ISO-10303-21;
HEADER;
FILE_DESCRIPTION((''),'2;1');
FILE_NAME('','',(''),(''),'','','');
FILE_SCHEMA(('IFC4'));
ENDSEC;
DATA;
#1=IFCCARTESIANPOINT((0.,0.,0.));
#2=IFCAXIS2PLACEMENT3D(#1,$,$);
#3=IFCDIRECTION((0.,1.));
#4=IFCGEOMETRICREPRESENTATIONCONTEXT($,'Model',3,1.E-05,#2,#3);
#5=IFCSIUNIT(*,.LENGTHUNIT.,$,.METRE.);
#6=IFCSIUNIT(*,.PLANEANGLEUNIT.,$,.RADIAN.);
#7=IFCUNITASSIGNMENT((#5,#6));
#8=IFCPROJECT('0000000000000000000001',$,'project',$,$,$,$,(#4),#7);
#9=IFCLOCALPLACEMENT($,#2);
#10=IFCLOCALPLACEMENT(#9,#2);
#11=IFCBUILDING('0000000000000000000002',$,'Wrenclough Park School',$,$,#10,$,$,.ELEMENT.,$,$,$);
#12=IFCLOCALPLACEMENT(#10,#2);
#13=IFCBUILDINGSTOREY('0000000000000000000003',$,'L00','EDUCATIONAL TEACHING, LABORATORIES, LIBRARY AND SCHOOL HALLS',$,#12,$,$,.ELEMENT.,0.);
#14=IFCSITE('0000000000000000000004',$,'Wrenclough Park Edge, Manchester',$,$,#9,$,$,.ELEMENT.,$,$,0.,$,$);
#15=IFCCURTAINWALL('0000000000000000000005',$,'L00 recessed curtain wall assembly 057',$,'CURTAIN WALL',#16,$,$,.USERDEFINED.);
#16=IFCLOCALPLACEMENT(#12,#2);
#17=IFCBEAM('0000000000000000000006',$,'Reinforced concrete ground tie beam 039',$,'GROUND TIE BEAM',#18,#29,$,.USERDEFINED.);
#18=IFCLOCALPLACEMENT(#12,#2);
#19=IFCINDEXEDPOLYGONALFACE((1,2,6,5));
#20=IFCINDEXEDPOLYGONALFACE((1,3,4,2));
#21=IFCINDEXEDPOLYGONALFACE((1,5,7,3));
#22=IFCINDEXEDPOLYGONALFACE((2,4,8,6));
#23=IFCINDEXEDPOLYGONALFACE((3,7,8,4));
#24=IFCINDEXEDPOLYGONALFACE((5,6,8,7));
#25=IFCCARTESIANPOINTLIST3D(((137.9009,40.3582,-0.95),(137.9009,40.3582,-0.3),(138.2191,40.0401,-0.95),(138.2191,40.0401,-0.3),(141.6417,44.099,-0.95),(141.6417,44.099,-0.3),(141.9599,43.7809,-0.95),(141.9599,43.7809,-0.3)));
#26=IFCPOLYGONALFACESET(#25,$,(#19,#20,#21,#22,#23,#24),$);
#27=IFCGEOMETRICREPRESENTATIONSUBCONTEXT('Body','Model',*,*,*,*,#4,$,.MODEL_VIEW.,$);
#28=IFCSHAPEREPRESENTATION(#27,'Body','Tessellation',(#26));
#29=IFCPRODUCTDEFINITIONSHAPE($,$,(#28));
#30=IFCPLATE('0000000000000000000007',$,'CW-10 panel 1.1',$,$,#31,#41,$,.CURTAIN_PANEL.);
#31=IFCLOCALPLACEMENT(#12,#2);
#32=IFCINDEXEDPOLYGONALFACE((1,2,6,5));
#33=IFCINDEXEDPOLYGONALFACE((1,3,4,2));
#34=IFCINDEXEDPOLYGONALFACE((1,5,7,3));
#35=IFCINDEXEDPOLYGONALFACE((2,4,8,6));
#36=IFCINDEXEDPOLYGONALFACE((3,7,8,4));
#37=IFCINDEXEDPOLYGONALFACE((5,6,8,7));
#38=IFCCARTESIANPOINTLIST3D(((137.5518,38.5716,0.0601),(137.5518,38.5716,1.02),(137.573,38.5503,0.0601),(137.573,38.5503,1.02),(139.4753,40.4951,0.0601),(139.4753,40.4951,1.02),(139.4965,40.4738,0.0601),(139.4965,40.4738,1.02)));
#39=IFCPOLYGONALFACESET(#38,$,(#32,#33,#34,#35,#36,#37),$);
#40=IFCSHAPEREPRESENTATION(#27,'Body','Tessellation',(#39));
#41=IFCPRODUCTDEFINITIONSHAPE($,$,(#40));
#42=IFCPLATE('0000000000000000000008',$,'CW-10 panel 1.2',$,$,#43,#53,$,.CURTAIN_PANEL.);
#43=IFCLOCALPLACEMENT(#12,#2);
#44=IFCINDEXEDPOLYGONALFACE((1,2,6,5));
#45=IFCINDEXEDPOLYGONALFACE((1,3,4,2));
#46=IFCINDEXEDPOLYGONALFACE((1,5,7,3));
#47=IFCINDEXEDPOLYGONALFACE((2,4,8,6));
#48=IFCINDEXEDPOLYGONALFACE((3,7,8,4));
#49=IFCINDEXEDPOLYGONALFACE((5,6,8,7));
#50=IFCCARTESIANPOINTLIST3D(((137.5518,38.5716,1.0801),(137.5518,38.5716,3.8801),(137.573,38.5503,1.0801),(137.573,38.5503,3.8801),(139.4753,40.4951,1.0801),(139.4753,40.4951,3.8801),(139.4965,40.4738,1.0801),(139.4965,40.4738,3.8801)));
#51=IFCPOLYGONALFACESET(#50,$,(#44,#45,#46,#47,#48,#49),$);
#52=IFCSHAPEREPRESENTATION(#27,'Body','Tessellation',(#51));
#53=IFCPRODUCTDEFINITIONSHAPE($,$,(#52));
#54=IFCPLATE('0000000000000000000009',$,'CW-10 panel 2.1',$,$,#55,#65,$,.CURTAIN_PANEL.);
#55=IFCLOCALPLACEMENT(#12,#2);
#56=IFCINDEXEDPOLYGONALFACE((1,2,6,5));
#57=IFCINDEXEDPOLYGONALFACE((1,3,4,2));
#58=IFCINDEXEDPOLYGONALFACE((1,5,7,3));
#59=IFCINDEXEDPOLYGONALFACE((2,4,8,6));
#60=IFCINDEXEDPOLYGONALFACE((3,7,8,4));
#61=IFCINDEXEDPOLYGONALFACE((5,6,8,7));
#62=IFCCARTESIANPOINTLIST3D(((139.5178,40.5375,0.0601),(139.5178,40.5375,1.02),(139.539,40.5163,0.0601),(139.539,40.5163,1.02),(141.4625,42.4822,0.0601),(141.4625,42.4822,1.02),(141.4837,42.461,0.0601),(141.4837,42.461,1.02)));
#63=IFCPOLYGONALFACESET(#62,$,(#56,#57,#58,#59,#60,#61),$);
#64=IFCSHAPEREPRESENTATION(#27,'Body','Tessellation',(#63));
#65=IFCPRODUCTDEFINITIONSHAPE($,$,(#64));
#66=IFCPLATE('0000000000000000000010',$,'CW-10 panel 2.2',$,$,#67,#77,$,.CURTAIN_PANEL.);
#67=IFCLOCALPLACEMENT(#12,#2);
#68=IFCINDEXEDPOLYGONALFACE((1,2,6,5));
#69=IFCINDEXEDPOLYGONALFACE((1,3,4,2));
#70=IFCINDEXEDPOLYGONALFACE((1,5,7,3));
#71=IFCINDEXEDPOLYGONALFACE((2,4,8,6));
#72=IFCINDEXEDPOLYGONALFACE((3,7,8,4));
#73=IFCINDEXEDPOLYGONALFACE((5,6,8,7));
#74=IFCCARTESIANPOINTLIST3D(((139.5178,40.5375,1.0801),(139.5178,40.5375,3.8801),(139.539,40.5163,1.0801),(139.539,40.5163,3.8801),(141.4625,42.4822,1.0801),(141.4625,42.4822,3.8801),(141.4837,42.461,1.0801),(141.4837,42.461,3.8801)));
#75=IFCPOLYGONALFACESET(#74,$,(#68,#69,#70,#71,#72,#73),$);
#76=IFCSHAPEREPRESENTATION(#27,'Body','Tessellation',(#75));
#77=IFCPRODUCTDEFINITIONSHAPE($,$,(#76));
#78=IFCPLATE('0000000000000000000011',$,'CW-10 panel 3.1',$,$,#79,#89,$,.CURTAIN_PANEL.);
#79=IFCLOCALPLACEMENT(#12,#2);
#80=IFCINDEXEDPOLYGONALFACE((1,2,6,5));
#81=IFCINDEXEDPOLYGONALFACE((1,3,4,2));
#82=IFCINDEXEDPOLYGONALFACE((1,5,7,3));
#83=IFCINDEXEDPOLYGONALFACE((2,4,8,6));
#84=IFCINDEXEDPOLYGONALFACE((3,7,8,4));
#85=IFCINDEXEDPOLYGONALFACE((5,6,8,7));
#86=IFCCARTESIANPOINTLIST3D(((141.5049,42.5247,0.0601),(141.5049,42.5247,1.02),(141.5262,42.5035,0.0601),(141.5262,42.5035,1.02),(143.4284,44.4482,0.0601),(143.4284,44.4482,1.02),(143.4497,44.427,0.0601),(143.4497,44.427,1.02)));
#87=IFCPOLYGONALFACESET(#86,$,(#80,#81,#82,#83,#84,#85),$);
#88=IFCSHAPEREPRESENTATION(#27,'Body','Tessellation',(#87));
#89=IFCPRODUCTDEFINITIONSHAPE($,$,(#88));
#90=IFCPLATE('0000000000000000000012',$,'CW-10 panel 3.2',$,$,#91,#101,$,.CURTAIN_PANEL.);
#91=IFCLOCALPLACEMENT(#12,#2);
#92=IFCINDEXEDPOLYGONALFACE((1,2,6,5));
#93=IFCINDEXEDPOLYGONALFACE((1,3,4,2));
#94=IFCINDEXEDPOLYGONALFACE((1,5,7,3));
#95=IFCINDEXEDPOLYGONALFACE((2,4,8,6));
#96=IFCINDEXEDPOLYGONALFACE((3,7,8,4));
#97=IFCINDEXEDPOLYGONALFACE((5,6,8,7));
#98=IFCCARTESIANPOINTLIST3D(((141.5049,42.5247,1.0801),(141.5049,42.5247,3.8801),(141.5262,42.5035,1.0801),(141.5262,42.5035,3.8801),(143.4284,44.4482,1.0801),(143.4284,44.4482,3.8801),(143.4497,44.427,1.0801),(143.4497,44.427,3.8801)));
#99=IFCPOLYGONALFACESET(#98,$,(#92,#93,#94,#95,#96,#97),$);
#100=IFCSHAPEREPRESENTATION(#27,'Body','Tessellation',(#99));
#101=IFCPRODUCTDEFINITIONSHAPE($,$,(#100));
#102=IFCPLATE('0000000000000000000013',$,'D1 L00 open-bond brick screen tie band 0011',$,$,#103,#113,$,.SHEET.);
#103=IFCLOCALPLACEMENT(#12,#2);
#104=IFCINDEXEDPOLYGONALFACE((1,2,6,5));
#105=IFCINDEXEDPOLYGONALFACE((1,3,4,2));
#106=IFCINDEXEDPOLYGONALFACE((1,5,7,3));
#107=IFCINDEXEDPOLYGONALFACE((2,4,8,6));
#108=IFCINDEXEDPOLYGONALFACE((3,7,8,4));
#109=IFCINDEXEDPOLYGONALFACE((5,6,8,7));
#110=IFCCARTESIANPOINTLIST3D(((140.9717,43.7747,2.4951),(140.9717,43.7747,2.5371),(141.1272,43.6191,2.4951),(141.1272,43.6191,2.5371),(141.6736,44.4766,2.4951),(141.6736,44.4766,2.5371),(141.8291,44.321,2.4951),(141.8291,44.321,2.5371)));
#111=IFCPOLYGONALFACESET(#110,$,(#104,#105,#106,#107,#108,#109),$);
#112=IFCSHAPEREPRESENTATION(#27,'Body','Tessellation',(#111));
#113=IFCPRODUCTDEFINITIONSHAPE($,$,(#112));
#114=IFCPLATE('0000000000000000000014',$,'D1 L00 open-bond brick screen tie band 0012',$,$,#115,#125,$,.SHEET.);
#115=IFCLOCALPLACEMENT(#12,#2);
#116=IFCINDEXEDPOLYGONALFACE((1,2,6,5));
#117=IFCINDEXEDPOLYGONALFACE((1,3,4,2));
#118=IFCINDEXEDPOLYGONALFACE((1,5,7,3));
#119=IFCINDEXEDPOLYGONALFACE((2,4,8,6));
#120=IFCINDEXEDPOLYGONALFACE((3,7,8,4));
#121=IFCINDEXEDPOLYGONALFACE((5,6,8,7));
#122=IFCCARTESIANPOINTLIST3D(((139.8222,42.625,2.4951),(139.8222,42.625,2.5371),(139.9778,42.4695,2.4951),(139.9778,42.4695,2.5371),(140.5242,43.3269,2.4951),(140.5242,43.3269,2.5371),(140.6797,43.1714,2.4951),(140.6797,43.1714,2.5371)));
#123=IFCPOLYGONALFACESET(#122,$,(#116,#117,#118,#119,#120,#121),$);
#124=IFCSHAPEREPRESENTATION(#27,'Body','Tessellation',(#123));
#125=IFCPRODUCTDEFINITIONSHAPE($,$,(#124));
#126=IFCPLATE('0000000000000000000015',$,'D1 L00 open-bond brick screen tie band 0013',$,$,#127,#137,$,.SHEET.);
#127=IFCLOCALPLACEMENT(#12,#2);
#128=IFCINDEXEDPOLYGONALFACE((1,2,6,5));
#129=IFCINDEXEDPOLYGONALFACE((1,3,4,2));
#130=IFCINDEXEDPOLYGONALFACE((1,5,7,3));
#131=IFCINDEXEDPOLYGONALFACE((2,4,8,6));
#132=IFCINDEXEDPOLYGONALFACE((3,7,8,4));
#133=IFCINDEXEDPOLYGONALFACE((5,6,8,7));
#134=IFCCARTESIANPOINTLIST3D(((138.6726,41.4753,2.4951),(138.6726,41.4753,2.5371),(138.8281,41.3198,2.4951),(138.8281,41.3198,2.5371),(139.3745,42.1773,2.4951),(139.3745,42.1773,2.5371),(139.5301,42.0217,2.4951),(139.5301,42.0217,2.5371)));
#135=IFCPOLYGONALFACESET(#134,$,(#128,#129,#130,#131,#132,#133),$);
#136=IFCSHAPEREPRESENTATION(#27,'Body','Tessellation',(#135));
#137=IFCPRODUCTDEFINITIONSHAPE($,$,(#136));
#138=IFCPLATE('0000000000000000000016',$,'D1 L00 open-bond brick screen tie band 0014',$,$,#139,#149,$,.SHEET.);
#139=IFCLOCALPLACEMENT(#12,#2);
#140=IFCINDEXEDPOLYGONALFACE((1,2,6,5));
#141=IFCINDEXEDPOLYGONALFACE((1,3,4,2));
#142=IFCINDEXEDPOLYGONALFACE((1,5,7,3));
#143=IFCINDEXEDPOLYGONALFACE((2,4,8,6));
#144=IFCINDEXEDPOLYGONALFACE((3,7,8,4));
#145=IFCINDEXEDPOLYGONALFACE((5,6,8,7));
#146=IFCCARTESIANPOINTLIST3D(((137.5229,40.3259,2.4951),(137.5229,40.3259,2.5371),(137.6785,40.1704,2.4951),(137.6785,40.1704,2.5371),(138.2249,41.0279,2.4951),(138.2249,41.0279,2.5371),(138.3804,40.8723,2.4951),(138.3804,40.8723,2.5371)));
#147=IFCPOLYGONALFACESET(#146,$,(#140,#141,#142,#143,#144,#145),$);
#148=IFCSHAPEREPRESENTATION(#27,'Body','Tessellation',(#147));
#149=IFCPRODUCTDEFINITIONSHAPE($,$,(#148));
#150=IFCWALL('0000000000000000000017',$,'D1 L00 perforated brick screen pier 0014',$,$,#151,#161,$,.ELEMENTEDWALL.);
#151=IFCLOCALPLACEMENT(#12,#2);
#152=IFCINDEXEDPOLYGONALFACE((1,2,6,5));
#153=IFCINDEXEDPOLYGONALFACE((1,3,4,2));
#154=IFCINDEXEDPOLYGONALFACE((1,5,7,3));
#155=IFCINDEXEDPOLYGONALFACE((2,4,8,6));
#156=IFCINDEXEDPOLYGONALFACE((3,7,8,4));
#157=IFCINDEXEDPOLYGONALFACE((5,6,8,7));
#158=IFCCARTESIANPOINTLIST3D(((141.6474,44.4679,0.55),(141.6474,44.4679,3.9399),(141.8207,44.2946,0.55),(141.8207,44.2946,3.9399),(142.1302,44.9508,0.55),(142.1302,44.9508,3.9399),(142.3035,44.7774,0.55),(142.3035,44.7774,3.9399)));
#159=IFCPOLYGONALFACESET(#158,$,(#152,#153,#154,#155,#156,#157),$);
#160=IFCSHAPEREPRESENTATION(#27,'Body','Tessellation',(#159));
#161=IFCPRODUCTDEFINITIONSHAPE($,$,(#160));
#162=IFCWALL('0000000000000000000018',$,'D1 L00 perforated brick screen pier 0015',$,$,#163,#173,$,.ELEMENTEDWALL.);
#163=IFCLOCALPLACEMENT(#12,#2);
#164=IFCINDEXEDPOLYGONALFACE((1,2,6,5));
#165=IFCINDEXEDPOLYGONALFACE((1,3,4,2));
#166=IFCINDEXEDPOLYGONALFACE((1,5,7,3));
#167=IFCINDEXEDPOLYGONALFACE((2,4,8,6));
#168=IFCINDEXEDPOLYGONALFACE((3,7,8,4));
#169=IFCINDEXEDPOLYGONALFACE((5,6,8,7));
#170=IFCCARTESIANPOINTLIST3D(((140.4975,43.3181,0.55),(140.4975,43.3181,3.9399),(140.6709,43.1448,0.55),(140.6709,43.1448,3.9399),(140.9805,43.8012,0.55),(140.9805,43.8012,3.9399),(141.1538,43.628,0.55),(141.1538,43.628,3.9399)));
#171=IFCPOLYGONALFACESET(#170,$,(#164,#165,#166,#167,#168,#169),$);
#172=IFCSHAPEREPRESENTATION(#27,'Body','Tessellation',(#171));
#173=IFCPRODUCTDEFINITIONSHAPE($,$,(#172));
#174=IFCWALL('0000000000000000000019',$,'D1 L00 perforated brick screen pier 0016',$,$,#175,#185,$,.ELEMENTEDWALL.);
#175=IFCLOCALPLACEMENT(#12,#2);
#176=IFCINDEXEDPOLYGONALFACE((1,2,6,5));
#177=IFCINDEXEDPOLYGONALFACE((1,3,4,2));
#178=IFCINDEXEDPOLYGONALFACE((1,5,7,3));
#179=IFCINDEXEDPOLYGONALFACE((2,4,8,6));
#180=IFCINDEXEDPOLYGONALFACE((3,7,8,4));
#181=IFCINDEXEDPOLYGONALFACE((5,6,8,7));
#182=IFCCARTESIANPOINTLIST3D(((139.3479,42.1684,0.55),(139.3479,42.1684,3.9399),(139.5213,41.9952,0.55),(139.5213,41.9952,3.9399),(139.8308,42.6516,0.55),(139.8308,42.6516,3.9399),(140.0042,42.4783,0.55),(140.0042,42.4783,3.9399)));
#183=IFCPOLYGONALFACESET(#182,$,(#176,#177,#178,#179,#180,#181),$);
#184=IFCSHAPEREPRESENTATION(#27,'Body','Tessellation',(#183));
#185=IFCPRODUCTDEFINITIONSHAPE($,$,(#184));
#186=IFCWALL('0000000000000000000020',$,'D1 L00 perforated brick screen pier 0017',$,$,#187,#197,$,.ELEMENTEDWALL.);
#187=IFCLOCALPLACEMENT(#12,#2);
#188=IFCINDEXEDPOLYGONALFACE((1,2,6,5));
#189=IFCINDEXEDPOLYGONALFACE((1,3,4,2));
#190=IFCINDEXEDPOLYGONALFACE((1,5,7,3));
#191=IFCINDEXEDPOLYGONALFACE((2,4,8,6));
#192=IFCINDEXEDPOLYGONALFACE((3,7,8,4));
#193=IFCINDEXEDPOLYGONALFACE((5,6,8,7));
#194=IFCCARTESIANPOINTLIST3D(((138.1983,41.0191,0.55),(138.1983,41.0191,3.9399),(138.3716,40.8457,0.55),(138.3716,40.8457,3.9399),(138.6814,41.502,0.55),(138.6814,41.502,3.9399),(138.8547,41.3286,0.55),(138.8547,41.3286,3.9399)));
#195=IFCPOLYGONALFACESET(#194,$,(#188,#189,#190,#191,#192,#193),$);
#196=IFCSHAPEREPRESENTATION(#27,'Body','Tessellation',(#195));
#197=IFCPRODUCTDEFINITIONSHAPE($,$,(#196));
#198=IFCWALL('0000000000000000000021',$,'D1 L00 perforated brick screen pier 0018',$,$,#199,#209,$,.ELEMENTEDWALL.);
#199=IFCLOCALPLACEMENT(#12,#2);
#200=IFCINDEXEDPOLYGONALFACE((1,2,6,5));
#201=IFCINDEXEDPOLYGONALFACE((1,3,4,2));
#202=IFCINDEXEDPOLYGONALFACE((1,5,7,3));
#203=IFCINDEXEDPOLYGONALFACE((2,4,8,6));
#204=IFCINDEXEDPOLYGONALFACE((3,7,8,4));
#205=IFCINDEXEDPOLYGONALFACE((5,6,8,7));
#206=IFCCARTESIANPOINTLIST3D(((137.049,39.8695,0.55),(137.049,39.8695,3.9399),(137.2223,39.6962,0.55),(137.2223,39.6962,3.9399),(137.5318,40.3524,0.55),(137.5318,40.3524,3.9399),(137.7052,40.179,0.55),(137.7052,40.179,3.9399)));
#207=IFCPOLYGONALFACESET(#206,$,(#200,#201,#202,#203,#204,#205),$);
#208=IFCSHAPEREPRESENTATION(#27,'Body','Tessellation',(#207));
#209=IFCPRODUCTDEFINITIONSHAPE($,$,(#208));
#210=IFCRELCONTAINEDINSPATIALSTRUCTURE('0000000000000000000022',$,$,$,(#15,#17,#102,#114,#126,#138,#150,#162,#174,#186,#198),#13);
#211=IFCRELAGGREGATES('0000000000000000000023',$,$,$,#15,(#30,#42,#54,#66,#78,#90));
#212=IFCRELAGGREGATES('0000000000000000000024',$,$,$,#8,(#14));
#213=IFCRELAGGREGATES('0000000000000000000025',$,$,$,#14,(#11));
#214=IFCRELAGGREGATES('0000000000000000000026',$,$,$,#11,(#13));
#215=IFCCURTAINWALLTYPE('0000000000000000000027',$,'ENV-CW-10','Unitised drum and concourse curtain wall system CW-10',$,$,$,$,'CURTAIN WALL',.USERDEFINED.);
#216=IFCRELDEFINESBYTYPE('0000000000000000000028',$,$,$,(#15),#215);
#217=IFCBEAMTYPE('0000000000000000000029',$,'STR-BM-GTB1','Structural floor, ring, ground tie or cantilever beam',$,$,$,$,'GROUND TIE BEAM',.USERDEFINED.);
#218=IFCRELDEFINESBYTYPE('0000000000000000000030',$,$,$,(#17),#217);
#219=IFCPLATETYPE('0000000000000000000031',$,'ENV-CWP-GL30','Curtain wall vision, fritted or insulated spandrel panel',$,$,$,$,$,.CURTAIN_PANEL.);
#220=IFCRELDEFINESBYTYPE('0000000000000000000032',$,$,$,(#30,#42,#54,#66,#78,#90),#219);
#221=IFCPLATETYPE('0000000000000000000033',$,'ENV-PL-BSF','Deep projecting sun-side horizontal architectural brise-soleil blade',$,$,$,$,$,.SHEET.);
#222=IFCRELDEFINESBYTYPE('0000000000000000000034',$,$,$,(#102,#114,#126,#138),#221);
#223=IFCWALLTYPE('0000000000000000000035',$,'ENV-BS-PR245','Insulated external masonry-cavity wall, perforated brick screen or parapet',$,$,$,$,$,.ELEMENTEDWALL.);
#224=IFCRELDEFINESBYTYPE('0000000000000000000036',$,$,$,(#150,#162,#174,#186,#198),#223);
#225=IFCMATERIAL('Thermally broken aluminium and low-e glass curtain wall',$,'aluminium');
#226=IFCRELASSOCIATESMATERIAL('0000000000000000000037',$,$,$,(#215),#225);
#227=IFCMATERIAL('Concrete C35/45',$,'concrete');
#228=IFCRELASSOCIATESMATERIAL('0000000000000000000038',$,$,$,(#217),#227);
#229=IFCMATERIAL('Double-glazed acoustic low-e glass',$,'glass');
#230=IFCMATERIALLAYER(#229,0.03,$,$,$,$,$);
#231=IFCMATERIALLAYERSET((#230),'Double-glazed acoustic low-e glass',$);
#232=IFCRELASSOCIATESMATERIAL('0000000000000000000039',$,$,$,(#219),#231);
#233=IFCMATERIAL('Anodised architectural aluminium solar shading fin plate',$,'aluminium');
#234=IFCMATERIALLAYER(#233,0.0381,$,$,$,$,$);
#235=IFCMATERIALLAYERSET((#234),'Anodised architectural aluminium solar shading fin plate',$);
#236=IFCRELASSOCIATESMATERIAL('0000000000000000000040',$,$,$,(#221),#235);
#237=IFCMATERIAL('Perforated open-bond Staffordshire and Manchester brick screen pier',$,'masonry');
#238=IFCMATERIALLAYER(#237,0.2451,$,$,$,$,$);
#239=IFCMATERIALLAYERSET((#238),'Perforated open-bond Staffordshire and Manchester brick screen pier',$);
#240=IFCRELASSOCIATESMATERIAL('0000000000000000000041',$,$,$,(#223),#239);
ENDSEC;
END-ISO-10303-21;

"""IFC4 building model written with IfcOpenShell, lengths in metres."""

from ifc_helpers import new_model, si_unit, direction, frame, frame_2d, origin, origin_2d, place, context, subcontext, project, spatial, rectangle, extrude, material, layer, layer_set, material_profile, profile_set, type_object, element, aggregate, save


model = new_model("IFC4")

# Units and contexts
model_context = context("Model", 3, precision=1e-05, world=origin(), true_north=direction((0.0, 1.0)))
body_context = subcontext(model_context, "Body", "Model", "MODEL_VIEW")
ifc_project = project(units=[si_unit("LENGTHUNIT", "METRE"), si_unit("PLANEANGLEUNIT", "RADIAN")], contexts=[model_context])

# Site, building, storey
site_placement = place(None, origin())
site = spatial("IfcSite", under=ifc_project, at=site_placement, Name="Wrenclough Park Edge, Manchester", CompositionType="ELEMENT", RefElevation=0.0)
building_placement = place(site_placement, origin())
building = spatial("IfcBuilding", under=site, at=building_placement, Name="Wrenclough Park School", CompositionType="ELEMENT")
storey_placement = place(building_placement, origin())
storey = spatial("IfcBuildingStorey", under=building, at=storey_placement, Name="L00", Description="EDUCATIONAL TEACHING, LABORATORIES, LIBRARY AND SCHOOL HALLS", CompositionType="ELEMENT", Elevation=0.0)

# Shared definitions
ifc_material_1 = material(Name="Concrete C35/45", Category="concrete")

# Curtain wall
ifc_material_2 = material(Name="Thermally broken aluminium and low-e glass curtain wall", Category="aluminium")
curtain_wall_type = type_object("IfcCurtainWallType", Name="ENV-CW-10", Description="Unitised drum and concourse curtain wall system CW-10", ElementType="CURTAIN WALL", PredefinedType="USERDEFINED", material=ifc_material_2)
curtain_wall_placement = place(storey_placement, origin())
curtain_wall = element("IfcCurtainWall", 1, at=curtain_wall_placement, inside=storey, type_object=curtain_wall_type, Name="L00 recessed curtain wall assembly 057", ObjectType="CURTAIN WALL", PredefinedType="USERDEFINED")

# Beam
ifc_material_profile_1 = material_profile(ifc_material_1, rectangle(XDim=0.45, YDim=0.6499, at=origin_2d()), Name="RC GROUND 450x650")
ifc_profile_set_1 = profile_set([ifc_material_profile_1], Name="Concrete C35/45")
beam_type = type_object("IfcBeamType", Name="STR-BM-GTB1", Description="Structural floor, ring, ground tie or cantilever beam", ElementType="GROUND TIE BEAM", PredefinedType="USERDEFINED", material=ifc_profile_set_1)
beam_placement = place(storey_placement, frame((141.8008, 43.9399, -0.625), z_axis=(-0.707107, -0.707107, 0.0), x_axis=(0.707107, -0.707107, 0.0)))
element("IfcBeam", 2, at=beam_placement, inside=storey, type_object=beam_type, Name="Reinforced concrete ground tie beam 039", ObjectType="GROUND TIE BEAM", PredefinedType="USERDEFINED", context=body_context, shape_type="SweptSolid", body=[
    extrude(rectangle(XDim=0.45, YDim=0.6499, at=origin_2d()), origin(), (0.0, 0.0, 1.0), 5.2903),
])

# Plates
ifc_material_3 = material(Name="Double-glazed acoustic low-e glass", Category="glass")
ifc_layer_1 = layer(ifc_material_3, 0.03)
ifc_layer_set_1 = layer_set([ifc_layer_1], Name="Double-glazed acoustic low-e glass")
plate_type_1 = type_object("IfcPlateType", Name="ENV-CWP-GL30", Description="Curtain wall vision, fritted or insulated spandrel panel", PredefinedType="CURTAIN_PANEL", material=ifc_layer_set_1)
plate_1_placement = place(storey_placement, frame((138.5242, 39.5227, 0.0601), z_axis=(0.0, 0.0, 1.0), x_axis=(0.707107, 0.707107, 0.0)))
plate_1 = element("IfcPlate", 3, at=plate_1_placement, type_object=plate_type_1, Name="CW-10 panel 1.1", PredefinedType="CURTAIN_PANEL", context=body_context, shape_type="SweptSolid", body=[
    extrude(rectangle(XDim=2.7202, YDim=0.03, at=origin_2d()), origin(), (0.0, 0.0, 1.0), 0.96),
])
plate_2_placement = place(storey_placement, frame((138.5242, 39.5227, 1.0801), z_axis=(0.0, 0.0, 1.0), x_axis=(0.707107, 0.707107, 0.0)))
plate_2 = element("IfcPlate", 4, at=plate_2_placement, type_object=plate_type_1, Name="CW-10 panel 1.2", PredefinedType="CURTAIN_PANEL", context=body_context, shape_type="SweptSolid", body=[
    extrude(rectangle(XDim=2.7202, YDim=0.03, at=origin_2d()), origin(), (0.0, 0.0, 1.0), 2.8),
])
plate_3_placement = place(storey_placement, frame((140.5007, 41.4993, 0.0601), z_axis=(0.0, 0.0, 1.0), x_axis=(0.707107, 0.707107, 0.0)))
plate_3 = element("IfcPlate", 5, at=plate_3_placement, type_object=plate_type_1, Name="CW-10 panel 2.1", PredefinedType="CURTAIN_PANEL", context=body_context, shape_type="SweptSolid", body=[
    extrude(rectangle(XDim=2.7502, YDim=0.03, at=origin_2d()), origin(), (0.0, 0.0, 1.0), 0.96),
])
plate_4_placement = place(storey_placement, frame((140.5007, 41.4993, 1.0801), z_axis=(0.0, 0.0, 1.0), x_axis=(0.707107, 0.707107, 0.0)))
plate_4 = element("IfcPlate", 6, at=plate_4_placement, type_object=plate_type_1, Name="CW-10 panel 2.2", PredefinedType="CURTAIN_PANEL", context=body_context, shape_type="SweptSolid", body=[
    extrude(rectangle(XDim=2.7502, YDim=0.03, at=origin_2d()), origin(), (0.0, 0.0, 1.0), 2.8),
])
plate_5_placement = place(storey_placement, frame((142.4773, 43.4758, 0.0601), z_axis=(0.0, 0.0, 1.0), x_axis=(0.707107, 0.707107, 0.0)))
plate_5 = element("IfcPlate", 7, at=plate_5_placement, type_object=plate_type_1, Name="CW-10 panel 3.1", PredefinedType="CURTAIN_PANEL", context=body_context, shape_type="SweptSolid", body=[
    extrude(rectangle(XDim=2.7202, YDim=0.03, at=origin_2d()), origin(), (0.0, 0.0, 1.0), 0.96),
])
plate_6_placement = place(storey_placement, frame((142.4773, 43.4758, 1.0801), z_axis=(0.0, 0.0, 1.0), x_axis=(0.707107, 0.707107, 0.0)))
plate_6 = element("IfcPlate", 8, at=plate_6_placement, type_object=plate_type_1, Name="CW-10 panel 3.2", PredefinedType="CURTAIN_PANEL", context=body_context, shape_type="SweptSolid", body=[
    extrude(rectangle(XDim=2.7202, YDim=0.03, at=origin_2d()), origin(), (0.0, 0.0, 1.0), 2.8),
])
aggregate(curtain_wall, [plate_1, plate_2, plate_3, plate_4, plate_5, plate_6])

# Plates
ifc_material_4 = material(Name="Anodised architectural aluminium solar shading fin plate", Category="aluminium")
ifc_layer_2 = layer(ifc_material_4, 0.0381)
ifc_layer_set_2 = layer_set([ifc_layer_2], Name="Anodised architectural aluminium solar shading fin plate")
plate_type_2 = type_object("IfcPlateType", Name="ENV-PL-BSF", Description="Deep projecting sun-side horizontal architectural brise-soleil blade", PredefinedType="SHEET", material=ifc_layer_set_2)
for number, where, z_axis, x_axis, name in (
    (9, (141.4004, 44.0479, 2.4951), (0.0, 0.0, 1.0), (-0.707107, -0.707107, 0.0), "D1 L00 open-bond brick screen tie band 0011"),
    (10, (140.251, 42.8982, 2.4951), (0.0, 0.0, 1.0), (-0.707107, -0.707107, 0.0), "D1 L00 open-bond brick screen tie band 0012"),
    (11, (139.1013, 41.7485, 2.4951), (0.0, 0.0, 1.0), (-0.707107, -0.707107, 0.0), "D1 L00 open-bond brick screen tie band 0013"),
    (12, (137.9517, 40.5991, 2.4951), (0.0, 0.0, 1.0), (-0.707107, -0.707107, 0.0), "D1 L00 open-bond brick screen tie band 0014"),
):
    element("IfcPlate", number, at=place(storey_placement, frame(where, z_axis=z_axis, x_axis=x_axis)), inside=storey, type_object=plate_type_2, Name=name, PredefinedType="SHEET", context=body_context, shape_type="SweptSolid", body=[
        extrude(rectangle(XDim=0.9927, YDim=0.22, at=origin_2d()), origin(), (0.0, 0.0, 1.0), 0.042),
    ])

# Walls
ifc_material_5 = material(Name="Perforated open-bond Staffordshire and Manchester brick screen pier", Category="masonry")
ifc_layer_3 = layer(ifc_material_5, 0.2451)
ifc_layer_set_3 = layer_set([ifc_layer_3], Name="Perforated open-bond Staffordshire and Manchester brick screen pier")
wall_type_1 = type_object("IfcWallType", Name="ENV-BS-PR245", Description="Insulated external masonry-cavity wall, perforated brick screen or parapet", PredefinedType="ELEMENTEDWALL", material=ifc_layer_set_3)
wall_1_placement = place(storey_placement, frame((142.2168, 44.864, 0.55), z_axis=(0.0, 0.0, 1.0), x_axis=(-0.707107, -0.707107, 0.0)))
element("IfcWall", 13, at=wall_1_placement, inside=storey, type_object=wall_type_1, Name="D1 L00 perforated brick screen pier 0014", PredefinedType="ELEMENTEDWALL", context=body_context, shape_type="SweptSolid", body=[
    extrude(rectangle(XDim=0.6829, YDim=0.2451, at=frame_2d((0.3413, 0.0))), origin(), (0.0, 0.0, 1.0), 3.3899),
])
for number, where, z_axis, x_axis, name in (
    (14, (141.0671, 43.7146, 0.55), (0.0, 0.0, 1.0), (-0.706928, -0.707285, 0.0), "D1 L00 perforated brick screen pier 0015"),
    (15, (139.9175, 42.5649, 0.55), (0.0, 0.0, 1.0), (-0.706928, -0.707285, 0.0), "D1 L00 perforated brick screen pier 0016"),
    (16, (138.7681, 41.4153, 0.55), (0.0, 0.0, 1.0), (-0.707285, -0.706928, 0.0), "D1 L00 perforated brick screen pier 0017"),
):
    element("IfcWall", number, at=place(storey_placement, frame(where, z_axis=z_axis, x_axis=x_axis)), inside=storey, type_object=wall_type_1, Name=name, PredefinedType="ELEMENTEDWALL", context=body_context, shape_type="SweptSolid", body=[
        extrude(rectangle(XDim=0.6831, YDim=0.2451, at=frame_2d((0.3416, 0.0))), origin(), (0.0, 0.0, 1.0), 3.3899),
    ])
wall_2_placement = place(storey_placement, frame((137.6184, 40.2656, 0.55), z_axis=(0.0, 0.0, 1.0), x_axis=(-0.707107, -0.707107, 0.0)))
element("IfcWall", 17, at=wall_2_placement, inside=storey, type_object=wall_type_1, Name="D1 L00 perforated brick screen pier 0018", PredefinedType="ELEMENTEDWALL", context=body_context, shape_type="SweptSolid", body=[
    extrude(rectangle(XDim=0.6829, YDim=0.2451, at=frame_2d((0.3413, 0.0))), origin(), (0.0, 0.0, 1.0), 3.3899),
])

save(model, "model.ifc")
